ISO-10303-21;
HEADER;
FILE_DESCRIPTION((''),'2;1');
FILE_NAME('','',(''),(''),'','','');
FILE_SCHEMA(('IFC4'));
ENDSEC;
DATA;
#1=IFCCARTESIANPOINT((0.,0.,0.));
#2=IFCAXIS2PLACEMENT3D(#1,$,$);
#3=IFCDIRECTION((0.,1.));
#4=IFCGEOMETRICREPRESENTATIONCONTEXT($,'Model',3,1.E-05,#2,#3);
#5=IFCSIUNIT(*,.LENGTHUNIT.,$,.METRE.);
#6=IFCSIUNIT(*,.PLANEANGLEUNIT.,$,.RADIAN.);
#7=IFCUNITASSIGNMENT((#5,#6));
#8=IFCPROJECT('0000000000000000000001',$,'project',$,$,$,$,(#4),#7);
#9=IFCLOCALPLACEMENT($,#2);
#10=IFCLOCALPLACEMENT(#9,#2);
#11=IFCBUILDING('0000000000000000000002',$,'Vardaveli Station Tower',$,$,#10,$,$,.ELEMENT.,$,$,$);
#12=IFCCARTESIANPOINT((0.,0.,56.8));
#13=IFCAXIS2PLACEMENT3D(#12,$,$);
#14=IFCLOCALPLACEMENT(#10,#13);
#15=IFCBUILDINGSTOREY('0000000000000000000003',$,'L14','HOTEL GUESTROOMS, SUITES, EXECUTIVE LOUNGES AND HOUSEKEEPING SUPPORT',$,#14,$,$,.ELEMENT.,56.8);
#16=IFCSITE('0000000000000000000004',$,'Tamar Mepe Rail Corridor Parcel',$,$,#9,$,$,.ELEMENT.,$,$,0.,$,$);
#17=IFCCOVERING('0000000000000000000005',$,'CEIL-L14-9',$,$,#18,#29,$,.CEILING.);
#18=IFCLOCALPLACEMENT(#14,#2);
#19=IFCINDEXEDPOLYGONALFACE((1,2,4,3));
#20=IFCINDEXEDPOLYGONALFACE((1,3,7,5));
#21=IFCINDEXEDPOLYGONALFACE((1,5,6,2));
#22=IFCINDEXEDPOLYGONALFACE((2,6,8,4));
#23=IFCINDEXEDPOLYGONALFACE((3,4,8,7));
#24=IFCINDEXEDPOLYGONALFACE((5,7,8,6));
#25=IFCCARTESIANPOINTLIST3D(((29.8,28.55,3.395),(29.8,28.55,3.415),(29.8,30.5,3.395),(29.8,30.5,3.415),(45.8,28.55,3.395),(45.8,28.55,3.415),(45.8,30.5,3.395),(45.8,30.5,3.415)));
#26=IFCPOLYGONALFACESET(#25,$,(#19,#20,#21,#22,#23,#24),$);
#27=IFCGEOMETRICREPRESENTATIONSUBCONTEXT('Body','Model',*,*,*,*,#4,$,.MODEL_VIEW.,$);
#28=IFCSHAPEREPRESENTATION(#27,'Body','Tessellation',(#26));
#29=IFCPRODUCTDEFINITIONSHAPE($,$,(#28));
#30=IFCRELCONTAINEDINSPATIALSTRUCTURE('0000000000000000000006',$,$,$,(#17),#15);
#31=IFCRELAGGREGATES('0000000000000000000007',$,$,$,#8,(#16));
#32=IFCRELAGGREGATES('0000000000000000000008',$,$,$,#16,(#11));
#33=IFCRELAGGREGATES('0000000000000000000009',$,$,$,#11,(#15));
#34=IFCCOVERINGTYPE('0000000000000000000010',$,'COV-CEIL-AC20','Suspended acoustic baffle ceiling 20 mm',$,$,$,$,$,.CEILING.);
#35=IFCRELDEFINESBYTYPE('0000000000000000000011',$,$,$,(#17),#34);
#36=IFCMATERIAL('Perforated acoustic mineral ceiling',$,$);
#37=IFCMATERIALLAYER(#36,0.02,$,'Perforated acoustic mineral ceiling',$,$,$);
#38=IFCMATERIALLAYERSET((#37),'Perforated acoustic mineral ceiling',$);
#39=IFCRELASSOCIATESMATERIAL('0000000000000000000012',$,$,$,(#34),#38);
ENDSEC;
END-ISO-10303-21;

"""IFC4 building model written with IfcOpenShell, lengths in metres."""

from ifc_helpers import new_model, si_unit, direction, frame, origin, place, context, subcontext, project, spatial, polyline, outline, extrude, material, layer, layer_set, type_object, element, save


model = new_model("IFC4")

# Units and contexts
model_context = context("Model", 3, precision=1e-05, world=origin(), true_north=direction((0.0, 1.0)))
body_context = subcontext(model_context, "Body", "Model", "MODEL_VIEW")
ifc_project = project(units=[si_unit("LENGTHUNIT", "METRE"), si_unit("PLANEANGLEUNIT", "RADIAN")], contexts=[model_context])

# Site, building, storey
site_placement = place(None, origin())
site = spatial("IfcSite", under=ifc_project, at=site_placement, Name="Tamar Mepe Rail Corridor Parcel", CompositionType="ELEMENT", RefElevation=0.0)
building_placement = place(site_placement, origin())
building = spatial("IfcBuilding", under=site, at=building_placement, Name="Vardaveli Station Tower", CompositionType="ELEMENT")
storey_placement = place(building_placement, frame((0.0, 0.0, 56.8)))
storey = spatial("IfcBuildingStorey", under=building, at=storey_placement, Name="L14", Description="HOTEL GUESTROOMS, SUITES, EXECUTIVE LOUNGES AND HOUSEKEEPING SUPPORT", CompositionType="ELEMENT", Elevation=56.8)

# Covering
ifc_material_1 = material(Name="Perforated acoustic mineral ceiling")
ifc_layer_1 = layer(ifc_material_1, 0.02, Name="Perforated acoustic mineral ceiling")
ifc_layer_set_1 = layer_set([ifc_layer_1], Name="Perforated acoustic mineral ceiling")
covering_type = type_object("IfcCoveringType", Name="COV-CEIL-AC20", Description="Suspended acoustic baffle ceiling 20 mm", PredefinedType="CEILING", material=ifc_layer_set_1)
covering_placement = place(storey_placement, frame((0.0, 0.0, 3.395)))
element("IfcCovering", 1, at=covering_placement, inside=storey, type_object=covering_type, Name="CEIL-L14-9", PredefinedType="CEILING", context=body_context, shape_type="SweptSolid", body=[
    extrude(outline(polyline([(29.8, 28.55), (45.8, 28.55), (45.8, 30.5), (29.8, 30.5), (29.8, 28.55)])), origin(), (0.0, 0.0, 1.0), 0.02),
])

save(model, "model.ifc")
